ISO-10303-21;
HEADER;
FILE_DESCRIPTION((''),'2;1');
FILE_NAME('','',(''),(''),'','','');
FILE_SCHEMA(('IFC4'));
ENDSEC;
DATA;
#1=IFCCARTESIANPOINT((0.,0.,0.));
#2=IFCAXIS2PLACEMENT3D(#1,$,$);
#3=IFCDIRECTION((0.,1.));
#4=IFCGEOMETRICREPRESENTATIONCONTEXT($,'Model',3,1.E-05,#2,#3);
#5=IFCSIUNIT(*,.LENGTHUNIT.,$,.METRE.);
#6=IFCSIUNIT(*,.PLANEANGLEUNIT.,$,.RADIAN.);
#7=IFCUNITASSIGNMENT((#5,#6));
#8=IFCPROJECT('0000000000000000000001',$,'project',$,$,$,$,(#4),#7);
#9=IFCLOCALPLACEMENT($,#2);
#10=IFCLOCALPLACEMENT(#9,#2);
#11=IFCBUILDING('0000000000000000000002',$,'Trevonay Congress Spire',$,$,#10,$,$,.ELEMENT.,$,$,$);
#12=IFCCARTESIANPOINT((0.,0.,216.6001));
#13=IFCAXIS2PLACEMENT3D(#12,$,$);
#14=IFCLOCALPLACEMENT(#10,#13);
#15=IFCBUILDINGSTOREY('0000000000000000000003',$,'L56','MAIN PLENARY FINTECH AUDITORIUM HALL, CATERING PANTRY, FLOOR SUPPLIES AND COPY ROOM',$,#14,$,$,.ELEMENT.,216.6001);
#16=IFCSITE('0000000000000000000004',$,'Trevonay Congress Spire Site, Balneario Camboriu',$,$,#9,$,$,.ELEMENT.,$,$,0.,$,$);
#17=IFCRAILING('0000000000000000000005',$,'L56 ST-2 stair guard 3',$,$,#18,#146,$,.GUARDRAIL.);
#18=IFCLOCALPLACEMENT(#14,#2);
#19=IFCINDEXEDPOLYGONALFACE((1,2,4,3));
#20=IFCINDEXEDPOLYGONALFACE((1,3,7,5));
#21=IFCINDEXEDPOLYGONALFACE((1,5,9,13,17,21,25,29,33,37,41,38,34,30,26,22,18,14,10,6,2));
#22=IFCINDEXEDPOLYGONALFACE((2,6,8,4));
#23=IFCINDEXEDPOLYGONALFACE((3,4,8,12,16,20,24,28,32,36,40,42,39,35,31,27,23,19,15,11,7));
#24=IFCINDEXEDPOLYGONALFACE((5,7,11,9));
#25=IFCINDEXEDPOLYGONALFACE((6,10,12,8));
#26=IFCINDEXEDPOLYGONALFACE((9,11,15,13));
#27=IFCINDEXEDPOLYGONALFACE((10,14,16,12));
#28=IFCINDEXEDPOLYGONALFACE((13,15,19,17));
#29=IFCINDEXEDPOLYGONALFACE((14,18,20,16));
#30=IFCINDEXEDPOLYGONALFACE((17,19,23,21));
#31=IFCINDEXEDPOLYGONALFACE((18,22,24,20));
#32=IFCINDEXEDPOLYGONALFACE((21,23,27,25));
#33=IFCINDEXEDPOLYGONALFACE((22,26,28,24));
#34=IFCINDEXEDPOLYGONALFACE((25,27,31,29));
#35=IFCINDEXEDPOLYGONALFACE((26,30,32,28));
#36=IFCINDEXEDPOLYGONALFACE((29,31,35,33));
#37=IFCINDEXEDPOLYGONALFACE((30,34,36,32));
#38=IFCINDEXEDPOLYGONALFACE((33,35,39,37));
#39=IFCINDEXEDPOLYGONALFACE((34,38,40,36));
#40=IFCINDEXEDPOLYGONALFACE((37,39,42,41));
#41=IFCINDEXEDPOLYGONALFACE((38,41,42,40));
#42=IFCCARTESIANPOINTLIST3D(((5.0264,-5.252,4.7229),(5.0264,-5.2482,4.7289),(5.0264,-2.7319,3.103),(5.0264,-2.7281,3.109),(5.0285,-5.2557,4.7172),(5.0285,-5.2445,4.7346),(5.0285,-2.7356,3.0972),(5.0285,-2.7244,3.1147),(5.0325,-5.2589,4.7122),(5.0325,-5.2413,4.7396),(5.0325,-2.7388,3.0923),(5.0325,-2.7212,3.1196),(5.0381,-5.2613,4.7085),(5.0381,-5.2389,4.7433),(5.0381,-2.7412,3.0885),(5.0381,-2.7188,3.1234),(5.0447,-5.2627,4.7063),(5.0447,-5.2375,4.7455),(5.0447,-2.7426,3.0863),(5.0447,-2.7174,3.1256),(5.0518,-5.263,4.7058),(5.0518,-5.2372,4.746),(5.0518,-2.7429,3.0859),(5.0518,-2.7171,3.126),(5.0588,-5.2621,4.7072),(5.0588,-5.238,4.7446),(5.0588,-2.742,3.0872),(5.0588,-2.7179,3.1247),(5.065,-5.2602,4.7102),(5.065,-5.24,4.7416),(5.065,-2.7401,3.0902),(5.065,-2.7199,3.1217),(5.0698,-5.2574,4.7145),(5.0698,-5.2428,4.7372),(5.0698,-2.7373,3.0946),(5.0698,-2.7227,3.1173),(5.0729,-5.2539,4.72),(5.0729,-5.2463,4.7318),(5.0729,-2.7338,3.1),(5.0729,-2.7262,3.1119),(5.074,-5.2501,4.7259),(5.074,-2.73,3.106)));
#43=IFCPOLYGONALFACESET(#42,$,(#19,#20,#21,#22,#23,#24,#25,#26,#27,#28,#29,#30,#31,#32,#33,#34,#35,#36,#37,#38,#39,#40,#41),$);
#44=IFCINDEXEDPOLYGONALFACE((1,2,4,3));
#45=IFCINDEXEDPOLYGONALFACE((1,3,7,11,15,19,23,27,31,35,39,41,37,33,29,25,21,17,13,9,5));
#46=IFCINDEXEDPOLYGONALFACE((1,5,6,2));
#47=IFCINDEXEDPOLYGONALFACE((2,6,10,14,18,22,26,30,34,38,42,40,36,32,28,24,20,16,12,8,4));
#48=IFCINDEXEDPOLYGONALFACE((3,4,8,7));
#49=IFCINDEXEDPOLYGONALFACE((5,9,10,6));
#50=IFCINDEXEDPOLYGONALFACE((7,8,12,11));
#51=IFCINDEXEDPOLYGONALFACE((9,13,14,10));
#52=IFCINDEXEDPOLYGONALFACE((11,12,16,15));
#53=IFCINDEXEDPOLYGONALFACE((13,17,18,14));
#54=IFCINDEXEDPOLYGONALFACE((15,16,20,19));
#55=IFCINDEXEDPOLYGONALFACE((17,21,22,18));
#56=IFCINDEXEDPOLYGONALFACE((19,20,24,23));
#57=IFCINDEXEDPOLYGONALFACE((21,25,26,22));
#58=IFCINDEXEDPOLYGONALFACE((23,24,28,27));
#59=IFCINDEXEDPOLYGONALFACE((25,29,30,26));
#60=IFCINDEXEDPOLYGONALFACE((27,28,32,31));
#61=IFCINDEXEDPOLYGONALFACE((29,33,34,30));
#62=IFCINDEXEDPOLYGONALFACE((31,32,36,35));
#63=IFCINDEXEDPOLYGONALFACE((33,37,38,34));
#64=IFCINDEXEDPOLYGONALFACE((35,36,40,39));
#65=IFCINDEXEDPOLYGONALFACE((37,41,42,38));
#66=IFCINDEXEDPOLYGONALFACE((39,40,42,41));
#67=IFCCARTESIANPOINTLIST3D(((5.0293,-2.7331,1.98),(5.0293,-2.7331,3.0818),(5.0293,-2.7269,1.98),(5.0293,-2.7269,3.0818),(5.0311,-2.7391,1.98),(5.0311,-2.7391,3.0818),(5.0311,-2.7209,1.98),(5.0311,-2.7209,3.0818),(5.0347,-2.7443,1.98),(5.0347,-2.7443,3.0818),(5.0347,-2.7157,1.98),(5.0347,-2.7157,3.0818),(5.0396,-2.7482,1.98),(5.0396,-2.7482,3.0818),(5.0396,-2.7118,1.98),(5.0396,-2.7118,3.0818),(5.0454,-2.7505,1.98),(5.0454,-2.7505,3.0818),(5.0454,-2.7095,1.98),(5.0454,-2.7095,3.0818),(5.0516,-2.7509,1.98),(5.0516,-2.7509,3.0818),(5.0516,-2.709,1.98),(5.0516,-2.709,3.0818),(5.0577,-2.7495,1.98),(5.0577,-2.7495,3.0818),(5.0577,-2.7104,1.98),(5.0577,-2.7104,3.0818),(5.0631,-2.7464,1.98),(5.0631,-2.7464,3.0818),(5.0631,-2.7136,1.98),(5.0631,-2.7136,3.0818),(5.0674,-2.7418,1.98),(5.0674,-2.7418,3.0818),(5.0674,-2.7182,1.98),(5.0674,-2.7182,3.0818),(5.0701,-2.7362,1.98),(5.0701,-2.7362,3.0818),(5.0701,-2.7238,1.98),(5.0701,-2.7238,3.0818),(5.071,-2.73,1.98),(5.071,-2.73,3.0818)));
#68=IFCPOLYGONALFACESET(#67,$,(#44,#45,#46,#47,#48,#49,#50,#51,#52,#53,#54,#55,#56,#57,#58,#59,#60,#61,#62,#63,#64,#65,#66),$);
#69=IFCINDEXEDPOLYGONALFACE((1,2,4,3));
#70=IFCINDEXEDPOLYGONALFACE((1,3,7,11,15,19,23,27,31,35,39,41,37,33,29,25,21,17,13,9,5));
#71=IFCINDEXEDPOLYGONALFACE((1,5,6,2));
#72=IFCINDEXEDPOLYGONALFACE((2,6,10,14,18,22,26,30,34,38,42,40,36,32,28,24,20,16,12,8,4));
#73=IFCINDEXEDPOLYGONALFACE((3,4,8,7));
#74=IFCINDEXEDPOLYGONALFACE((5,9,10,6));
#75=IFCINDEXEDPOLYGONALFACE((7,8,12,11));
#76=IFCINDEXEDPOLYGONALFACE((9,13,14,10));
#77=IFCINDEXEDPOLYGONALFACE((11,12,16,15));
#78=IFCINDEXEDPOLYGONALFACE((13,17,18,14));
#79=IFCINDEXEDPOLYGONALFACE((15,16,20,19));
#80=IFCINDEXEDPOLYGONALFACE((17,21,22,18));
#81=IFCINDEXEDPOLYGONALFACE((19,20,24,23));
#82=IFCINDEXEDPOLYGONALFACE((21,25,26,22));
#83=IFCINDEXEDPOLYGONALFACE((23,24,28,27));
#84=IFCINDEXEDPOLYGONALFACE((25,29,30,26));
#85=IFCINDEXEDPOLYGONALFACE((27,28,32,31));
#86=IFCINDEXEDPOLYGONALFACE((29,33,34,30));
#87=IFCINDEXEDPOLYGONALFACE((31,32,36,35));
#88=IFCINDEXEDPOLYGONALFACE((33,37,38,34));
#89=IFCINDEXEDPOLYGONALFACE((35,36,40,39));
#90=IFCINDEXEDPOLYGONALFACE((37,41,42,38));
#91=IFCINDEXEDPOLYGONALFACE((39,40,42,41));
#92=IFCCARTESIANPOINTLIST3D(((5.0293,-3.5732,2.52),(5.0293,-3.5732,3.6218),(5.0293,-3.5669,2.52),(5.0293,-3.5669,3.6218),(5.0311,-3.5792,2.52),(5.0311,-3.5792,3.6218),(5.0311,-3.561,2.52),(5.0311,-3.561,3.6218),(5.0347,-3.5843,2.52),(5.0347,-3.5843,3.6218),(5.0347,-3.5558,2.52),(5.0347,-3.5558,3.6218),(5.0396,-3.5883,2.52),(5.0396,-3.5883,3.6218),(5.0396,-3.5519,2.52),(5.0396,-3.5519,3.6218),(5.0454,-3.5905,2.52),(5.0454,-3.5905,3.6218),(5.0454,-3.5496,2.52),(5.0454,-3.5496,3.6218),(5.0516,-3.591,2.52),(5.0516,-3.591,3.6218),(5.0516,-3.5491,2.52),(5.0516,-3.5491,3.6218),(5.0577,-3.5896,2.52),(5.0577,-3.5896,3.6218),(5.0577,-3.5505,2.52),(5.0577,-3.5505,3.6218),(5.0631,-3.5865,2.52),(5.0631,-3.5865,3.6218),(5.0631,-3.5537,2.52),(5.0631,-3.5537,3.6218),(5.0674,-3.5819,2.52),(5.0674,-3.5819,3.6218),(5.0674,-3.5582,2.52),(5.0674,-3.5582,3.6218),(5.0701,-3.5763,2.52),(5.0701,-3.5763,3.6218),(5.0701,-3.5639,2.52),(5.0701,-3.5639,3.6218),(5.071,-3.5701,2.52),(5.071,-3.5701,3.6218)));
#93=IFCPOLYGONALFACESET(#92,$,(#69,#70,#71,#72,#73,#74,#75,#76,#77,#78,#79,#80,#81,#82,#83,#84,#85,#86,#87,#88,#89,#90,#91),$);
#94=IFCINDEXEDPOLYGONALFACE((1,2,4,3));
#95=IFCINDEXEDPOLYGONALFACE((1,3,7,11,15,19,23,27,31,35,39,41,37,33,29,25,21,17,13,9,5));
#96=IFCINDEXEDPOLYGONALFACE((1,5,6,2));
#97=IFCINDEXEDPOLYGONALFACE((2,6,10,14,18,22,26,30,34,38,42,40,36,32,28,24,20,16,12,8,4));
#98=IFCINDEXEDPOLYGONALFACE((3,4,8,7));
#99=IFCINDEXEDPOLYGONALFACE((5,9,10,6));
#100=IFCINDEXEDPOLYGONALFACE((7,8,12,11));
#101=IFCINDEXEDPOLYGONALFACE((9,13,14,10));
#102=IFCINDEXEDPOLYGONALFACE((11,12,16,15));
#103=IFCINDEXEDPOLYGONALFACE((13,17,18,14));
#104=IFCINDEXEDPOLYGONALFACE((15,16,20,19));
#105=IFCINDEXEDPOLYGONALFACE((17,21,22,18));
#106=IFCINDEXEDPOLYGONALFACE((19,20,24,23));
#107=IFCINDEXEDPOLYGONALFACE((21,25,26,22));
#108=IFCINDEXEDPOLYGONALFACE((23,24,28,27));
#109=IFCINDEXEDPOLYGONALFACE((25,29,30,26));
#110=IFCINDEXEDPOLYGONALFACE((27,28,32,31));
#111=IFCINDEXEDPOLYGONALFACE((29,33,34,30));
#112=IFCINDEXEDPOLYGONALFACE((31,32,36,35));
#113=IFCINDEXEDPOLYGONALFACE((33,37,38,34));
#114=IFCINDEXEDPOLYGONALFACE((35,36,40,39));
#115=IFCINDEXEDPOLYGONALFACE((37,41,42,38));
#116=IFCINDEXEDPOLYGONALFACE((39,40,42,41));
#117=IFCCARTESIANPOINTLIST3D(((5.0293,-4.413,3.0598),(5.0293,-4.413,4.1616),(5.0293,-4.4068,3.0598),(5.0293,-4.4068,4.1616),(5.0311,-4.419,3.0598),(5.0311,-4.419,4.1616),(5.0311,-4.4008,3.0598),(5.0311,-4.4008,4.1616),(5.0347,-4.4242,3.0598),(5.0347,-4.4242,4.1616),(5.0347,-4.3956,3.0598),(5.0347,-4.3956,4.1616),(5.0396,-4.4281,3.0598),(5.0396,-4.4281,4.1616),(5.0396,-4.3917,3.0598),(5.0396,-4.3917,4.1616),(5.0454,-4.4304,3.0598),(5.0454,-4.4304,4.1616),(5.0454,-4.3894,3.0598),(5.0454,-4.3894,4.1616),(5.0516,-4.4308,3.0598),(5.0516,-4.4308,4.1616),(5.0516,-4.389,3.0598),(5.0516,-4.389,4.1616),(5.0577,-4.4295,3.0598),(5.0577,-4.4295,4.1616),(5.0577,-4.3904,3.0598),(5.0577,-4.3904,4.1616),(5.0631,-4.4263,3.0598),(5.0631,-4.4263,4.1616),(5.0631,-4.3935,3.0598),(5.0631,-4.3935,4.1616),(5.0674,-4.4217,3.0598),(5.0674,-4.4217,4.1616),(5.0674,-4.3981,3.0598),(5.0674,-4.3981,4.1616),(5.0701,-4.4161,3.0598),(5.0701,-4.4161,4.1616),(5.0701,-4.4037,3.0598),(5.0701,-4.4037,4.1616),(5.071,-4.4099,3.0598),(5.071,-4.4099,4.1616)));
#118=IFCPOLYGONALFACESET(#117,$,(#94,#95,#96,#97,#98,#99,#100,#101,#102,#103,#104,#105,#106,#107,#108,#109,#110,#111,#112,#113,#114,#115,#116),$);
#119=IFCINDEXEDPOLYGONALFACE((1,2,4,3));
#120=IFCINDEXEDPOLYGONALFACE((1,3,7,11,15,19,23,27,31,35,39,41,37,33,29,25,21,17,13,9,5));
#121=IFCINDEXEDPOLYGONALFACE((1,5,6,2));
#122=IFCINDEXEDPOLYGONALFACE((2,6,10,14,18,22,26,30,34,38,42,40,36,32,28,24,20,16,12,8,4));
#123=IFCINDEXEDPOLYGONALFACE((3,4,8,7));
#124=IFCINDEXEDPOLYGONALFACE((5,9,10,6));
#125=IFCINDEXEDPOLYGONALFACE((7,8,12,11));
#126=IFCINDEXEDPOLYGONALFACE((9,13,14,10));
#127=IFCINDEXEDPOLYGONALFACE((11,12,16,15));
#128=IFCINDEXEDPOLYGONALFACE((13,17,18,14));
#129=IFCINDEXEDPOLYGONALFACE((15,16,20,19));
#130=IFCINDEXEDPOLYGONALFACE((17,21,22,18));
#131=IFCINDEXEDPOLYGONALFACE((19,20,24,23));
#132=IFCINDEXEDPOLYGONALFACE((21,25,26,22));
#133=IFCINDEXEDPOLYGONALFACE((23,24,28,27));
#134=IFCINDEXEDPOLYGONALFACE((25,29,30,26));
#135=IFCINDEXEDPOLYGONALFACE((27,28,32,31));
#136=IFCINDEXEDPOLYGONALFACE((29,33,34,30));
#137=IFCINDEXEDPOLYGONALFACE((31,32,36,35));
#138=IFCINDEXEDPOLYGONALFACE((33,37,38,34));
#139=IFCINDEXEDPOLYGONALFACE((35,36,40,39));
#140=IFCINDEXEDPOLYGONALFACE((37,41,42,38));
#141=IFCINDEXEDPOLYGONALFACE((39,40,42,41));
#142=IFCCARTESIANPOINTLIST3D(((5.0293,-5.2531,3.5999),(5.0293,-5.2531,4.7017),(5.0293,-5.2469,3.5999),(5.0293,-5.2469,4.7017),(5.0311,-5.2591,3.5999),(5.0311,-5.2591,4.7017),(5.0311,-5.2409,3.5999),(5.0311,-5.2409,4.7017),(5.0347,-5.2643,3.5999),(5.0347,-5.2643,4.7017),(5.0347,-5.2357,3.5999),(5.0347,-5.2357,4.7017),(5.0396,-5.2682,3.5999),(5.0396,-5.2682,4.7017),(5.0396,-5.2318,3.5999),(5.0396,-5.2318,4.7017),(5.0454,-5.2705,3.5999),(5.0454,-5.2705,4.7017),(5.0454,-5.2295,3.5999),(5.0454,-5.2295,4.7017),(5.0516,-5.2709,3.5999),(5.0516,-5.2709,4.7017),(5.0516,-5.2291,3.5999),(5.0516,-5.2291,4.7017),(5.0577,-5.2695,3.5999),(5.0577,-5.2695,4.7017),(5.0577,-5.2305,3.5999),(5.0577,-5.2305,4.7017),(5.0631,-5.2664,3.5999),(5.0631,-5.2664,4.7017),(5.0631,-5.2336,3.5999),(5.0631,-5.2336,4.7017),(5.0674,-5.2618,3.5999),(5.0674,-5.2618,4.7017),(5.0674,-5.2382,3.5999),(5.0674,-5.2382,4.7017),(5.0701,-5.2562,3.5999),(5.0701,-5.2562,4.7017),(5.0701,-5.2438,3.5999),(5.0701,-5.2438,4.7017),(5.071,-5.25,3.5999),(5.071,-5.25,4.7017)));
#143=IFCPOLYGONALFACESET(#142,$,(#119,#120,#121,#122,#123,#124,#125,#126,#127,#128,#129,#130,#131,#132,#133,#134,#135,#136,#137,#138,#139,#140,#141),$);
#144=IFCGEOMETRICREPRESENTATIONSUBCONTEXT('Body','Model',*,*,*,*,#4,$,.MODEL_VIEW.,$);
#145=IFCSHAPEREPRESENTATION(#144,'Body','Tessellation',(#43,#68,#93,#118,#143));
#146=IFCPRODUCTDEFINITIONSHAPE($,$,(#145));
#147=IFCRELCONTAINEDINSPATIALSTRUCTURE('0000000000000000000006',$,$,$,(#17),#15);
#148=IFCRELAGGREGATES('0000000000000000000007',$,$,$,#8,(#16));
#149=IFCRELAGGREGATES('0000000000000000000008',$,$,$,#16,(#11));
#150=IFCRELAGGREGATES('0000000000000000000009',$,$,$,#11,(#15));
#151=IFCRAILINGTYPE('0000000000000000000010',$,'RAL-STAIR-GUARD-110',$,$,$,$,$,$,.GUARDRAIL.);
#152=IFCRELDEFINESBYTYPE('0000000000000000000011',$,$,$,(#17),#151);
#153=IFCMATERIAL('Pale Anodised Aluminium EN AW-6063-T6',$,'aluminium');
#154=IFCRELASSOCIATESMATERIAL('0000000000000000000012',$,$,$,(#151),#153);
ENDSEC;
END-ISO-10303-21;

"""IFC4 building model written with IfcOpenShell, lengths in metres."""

from ifc_helpers import new_model, si_unit, direction, frame, origin, origin_2d, place, context, subcontext, project, spatial, circle, extrude, material, type_object, element, save


model = new_model("IFC4")

# Units and contexts
model_context = context("Model", 3, precision=1e-05, world=origin(), true_north=direction((0.0, 1.0)))
body_context = subcontext(model_context, "Body", "Model", "MODEL_VIEW")
ifc_project = project(units=[si_unit("LENGTHUNIT", "METRE"), si_unit("PLANEANGLEUNIT", "RADIAN")], contexts=[model_context])

# Site, building, storey
site_placement = place(None, origin())
site = spatial("IfcSite", under=ifc_project, at=site_placement, Name="Trevonay Congress Spire Site, Balneario Camboriu", CompositionType="ELEMENT", RefElevation=0.0)
building_placement = place(site_placement, origin())
building = spatial("IfcBuilding", under=site, at=building_placement, Name="Trevonay Congress Spire", CompositionType="ELEMENT")
storey_placement = place(building_placement, frame((0.0, 0.0, 216.6001)))
storey = spatial("IfcBuildingStorey", under=building, at=storey_placement, Name="L56", Description="MAIN PLENARY FINTECH AUDITORIUM HALL, CATERING PANTRY, FLOOR SUPPLIES AND COPY ROOM", CompositionType="ELEMENT", Elevation=216.6001)

# Railing
ifc_material_1 = material(Name="Pale Anodised Aluminium EN AW-6063-T6", Category="aluminium")
railing_type_1 = type_object("IfcRailingType", Name="RAL-STAIR-GUARD-110", PredefinedType="GUARDRAIL", material=ifc_material_1)
railing_1_placement = place(storey_placement, frame((5.05, -2.73, 1.98)))
element("IfcRailing", 1, at=railing_1_placement, inside=storey, type_object=railing_type_1, Name="L56 ST-2 stair guard 3", PredefinedType="GUARDRAIL", context=body_context, shape_type="SweptSolid", body=[
    extrude(circle(Radius=0.0239, at=origin_2d()), frame((0.0, 0.0, 1.126), z_axis=(0.0, -0.8412, 0.540725), x_axis=(1.0, 0.0, 0.0)), (0.0, 0.0, 1.0), 2.9958),
    extrude(circle(Radius=0.021, at=origin_2d()), origin(), (0.0, 0.0, 1.0), 1.1018),
    extrude(circle(Radius=0.021, at=origin_2d()), frame((0.0, -0.8401, 0.54)), (0.0, 0.0, 1.0), 1.1018),
    extrude(circle(Radius=0.021, at=origin_2d()), frame((0.0, -1.6799, 1.0798)), (0.0, 0.0, 1.0), 1.1018),
    extrude(circle(Radius=0.021, at=origin_2d()), frame((0.0, -2.52, 1.6199)), (0.0, 0.0, 1.0), 1.1018),
])

save(model, "model.ifc")
